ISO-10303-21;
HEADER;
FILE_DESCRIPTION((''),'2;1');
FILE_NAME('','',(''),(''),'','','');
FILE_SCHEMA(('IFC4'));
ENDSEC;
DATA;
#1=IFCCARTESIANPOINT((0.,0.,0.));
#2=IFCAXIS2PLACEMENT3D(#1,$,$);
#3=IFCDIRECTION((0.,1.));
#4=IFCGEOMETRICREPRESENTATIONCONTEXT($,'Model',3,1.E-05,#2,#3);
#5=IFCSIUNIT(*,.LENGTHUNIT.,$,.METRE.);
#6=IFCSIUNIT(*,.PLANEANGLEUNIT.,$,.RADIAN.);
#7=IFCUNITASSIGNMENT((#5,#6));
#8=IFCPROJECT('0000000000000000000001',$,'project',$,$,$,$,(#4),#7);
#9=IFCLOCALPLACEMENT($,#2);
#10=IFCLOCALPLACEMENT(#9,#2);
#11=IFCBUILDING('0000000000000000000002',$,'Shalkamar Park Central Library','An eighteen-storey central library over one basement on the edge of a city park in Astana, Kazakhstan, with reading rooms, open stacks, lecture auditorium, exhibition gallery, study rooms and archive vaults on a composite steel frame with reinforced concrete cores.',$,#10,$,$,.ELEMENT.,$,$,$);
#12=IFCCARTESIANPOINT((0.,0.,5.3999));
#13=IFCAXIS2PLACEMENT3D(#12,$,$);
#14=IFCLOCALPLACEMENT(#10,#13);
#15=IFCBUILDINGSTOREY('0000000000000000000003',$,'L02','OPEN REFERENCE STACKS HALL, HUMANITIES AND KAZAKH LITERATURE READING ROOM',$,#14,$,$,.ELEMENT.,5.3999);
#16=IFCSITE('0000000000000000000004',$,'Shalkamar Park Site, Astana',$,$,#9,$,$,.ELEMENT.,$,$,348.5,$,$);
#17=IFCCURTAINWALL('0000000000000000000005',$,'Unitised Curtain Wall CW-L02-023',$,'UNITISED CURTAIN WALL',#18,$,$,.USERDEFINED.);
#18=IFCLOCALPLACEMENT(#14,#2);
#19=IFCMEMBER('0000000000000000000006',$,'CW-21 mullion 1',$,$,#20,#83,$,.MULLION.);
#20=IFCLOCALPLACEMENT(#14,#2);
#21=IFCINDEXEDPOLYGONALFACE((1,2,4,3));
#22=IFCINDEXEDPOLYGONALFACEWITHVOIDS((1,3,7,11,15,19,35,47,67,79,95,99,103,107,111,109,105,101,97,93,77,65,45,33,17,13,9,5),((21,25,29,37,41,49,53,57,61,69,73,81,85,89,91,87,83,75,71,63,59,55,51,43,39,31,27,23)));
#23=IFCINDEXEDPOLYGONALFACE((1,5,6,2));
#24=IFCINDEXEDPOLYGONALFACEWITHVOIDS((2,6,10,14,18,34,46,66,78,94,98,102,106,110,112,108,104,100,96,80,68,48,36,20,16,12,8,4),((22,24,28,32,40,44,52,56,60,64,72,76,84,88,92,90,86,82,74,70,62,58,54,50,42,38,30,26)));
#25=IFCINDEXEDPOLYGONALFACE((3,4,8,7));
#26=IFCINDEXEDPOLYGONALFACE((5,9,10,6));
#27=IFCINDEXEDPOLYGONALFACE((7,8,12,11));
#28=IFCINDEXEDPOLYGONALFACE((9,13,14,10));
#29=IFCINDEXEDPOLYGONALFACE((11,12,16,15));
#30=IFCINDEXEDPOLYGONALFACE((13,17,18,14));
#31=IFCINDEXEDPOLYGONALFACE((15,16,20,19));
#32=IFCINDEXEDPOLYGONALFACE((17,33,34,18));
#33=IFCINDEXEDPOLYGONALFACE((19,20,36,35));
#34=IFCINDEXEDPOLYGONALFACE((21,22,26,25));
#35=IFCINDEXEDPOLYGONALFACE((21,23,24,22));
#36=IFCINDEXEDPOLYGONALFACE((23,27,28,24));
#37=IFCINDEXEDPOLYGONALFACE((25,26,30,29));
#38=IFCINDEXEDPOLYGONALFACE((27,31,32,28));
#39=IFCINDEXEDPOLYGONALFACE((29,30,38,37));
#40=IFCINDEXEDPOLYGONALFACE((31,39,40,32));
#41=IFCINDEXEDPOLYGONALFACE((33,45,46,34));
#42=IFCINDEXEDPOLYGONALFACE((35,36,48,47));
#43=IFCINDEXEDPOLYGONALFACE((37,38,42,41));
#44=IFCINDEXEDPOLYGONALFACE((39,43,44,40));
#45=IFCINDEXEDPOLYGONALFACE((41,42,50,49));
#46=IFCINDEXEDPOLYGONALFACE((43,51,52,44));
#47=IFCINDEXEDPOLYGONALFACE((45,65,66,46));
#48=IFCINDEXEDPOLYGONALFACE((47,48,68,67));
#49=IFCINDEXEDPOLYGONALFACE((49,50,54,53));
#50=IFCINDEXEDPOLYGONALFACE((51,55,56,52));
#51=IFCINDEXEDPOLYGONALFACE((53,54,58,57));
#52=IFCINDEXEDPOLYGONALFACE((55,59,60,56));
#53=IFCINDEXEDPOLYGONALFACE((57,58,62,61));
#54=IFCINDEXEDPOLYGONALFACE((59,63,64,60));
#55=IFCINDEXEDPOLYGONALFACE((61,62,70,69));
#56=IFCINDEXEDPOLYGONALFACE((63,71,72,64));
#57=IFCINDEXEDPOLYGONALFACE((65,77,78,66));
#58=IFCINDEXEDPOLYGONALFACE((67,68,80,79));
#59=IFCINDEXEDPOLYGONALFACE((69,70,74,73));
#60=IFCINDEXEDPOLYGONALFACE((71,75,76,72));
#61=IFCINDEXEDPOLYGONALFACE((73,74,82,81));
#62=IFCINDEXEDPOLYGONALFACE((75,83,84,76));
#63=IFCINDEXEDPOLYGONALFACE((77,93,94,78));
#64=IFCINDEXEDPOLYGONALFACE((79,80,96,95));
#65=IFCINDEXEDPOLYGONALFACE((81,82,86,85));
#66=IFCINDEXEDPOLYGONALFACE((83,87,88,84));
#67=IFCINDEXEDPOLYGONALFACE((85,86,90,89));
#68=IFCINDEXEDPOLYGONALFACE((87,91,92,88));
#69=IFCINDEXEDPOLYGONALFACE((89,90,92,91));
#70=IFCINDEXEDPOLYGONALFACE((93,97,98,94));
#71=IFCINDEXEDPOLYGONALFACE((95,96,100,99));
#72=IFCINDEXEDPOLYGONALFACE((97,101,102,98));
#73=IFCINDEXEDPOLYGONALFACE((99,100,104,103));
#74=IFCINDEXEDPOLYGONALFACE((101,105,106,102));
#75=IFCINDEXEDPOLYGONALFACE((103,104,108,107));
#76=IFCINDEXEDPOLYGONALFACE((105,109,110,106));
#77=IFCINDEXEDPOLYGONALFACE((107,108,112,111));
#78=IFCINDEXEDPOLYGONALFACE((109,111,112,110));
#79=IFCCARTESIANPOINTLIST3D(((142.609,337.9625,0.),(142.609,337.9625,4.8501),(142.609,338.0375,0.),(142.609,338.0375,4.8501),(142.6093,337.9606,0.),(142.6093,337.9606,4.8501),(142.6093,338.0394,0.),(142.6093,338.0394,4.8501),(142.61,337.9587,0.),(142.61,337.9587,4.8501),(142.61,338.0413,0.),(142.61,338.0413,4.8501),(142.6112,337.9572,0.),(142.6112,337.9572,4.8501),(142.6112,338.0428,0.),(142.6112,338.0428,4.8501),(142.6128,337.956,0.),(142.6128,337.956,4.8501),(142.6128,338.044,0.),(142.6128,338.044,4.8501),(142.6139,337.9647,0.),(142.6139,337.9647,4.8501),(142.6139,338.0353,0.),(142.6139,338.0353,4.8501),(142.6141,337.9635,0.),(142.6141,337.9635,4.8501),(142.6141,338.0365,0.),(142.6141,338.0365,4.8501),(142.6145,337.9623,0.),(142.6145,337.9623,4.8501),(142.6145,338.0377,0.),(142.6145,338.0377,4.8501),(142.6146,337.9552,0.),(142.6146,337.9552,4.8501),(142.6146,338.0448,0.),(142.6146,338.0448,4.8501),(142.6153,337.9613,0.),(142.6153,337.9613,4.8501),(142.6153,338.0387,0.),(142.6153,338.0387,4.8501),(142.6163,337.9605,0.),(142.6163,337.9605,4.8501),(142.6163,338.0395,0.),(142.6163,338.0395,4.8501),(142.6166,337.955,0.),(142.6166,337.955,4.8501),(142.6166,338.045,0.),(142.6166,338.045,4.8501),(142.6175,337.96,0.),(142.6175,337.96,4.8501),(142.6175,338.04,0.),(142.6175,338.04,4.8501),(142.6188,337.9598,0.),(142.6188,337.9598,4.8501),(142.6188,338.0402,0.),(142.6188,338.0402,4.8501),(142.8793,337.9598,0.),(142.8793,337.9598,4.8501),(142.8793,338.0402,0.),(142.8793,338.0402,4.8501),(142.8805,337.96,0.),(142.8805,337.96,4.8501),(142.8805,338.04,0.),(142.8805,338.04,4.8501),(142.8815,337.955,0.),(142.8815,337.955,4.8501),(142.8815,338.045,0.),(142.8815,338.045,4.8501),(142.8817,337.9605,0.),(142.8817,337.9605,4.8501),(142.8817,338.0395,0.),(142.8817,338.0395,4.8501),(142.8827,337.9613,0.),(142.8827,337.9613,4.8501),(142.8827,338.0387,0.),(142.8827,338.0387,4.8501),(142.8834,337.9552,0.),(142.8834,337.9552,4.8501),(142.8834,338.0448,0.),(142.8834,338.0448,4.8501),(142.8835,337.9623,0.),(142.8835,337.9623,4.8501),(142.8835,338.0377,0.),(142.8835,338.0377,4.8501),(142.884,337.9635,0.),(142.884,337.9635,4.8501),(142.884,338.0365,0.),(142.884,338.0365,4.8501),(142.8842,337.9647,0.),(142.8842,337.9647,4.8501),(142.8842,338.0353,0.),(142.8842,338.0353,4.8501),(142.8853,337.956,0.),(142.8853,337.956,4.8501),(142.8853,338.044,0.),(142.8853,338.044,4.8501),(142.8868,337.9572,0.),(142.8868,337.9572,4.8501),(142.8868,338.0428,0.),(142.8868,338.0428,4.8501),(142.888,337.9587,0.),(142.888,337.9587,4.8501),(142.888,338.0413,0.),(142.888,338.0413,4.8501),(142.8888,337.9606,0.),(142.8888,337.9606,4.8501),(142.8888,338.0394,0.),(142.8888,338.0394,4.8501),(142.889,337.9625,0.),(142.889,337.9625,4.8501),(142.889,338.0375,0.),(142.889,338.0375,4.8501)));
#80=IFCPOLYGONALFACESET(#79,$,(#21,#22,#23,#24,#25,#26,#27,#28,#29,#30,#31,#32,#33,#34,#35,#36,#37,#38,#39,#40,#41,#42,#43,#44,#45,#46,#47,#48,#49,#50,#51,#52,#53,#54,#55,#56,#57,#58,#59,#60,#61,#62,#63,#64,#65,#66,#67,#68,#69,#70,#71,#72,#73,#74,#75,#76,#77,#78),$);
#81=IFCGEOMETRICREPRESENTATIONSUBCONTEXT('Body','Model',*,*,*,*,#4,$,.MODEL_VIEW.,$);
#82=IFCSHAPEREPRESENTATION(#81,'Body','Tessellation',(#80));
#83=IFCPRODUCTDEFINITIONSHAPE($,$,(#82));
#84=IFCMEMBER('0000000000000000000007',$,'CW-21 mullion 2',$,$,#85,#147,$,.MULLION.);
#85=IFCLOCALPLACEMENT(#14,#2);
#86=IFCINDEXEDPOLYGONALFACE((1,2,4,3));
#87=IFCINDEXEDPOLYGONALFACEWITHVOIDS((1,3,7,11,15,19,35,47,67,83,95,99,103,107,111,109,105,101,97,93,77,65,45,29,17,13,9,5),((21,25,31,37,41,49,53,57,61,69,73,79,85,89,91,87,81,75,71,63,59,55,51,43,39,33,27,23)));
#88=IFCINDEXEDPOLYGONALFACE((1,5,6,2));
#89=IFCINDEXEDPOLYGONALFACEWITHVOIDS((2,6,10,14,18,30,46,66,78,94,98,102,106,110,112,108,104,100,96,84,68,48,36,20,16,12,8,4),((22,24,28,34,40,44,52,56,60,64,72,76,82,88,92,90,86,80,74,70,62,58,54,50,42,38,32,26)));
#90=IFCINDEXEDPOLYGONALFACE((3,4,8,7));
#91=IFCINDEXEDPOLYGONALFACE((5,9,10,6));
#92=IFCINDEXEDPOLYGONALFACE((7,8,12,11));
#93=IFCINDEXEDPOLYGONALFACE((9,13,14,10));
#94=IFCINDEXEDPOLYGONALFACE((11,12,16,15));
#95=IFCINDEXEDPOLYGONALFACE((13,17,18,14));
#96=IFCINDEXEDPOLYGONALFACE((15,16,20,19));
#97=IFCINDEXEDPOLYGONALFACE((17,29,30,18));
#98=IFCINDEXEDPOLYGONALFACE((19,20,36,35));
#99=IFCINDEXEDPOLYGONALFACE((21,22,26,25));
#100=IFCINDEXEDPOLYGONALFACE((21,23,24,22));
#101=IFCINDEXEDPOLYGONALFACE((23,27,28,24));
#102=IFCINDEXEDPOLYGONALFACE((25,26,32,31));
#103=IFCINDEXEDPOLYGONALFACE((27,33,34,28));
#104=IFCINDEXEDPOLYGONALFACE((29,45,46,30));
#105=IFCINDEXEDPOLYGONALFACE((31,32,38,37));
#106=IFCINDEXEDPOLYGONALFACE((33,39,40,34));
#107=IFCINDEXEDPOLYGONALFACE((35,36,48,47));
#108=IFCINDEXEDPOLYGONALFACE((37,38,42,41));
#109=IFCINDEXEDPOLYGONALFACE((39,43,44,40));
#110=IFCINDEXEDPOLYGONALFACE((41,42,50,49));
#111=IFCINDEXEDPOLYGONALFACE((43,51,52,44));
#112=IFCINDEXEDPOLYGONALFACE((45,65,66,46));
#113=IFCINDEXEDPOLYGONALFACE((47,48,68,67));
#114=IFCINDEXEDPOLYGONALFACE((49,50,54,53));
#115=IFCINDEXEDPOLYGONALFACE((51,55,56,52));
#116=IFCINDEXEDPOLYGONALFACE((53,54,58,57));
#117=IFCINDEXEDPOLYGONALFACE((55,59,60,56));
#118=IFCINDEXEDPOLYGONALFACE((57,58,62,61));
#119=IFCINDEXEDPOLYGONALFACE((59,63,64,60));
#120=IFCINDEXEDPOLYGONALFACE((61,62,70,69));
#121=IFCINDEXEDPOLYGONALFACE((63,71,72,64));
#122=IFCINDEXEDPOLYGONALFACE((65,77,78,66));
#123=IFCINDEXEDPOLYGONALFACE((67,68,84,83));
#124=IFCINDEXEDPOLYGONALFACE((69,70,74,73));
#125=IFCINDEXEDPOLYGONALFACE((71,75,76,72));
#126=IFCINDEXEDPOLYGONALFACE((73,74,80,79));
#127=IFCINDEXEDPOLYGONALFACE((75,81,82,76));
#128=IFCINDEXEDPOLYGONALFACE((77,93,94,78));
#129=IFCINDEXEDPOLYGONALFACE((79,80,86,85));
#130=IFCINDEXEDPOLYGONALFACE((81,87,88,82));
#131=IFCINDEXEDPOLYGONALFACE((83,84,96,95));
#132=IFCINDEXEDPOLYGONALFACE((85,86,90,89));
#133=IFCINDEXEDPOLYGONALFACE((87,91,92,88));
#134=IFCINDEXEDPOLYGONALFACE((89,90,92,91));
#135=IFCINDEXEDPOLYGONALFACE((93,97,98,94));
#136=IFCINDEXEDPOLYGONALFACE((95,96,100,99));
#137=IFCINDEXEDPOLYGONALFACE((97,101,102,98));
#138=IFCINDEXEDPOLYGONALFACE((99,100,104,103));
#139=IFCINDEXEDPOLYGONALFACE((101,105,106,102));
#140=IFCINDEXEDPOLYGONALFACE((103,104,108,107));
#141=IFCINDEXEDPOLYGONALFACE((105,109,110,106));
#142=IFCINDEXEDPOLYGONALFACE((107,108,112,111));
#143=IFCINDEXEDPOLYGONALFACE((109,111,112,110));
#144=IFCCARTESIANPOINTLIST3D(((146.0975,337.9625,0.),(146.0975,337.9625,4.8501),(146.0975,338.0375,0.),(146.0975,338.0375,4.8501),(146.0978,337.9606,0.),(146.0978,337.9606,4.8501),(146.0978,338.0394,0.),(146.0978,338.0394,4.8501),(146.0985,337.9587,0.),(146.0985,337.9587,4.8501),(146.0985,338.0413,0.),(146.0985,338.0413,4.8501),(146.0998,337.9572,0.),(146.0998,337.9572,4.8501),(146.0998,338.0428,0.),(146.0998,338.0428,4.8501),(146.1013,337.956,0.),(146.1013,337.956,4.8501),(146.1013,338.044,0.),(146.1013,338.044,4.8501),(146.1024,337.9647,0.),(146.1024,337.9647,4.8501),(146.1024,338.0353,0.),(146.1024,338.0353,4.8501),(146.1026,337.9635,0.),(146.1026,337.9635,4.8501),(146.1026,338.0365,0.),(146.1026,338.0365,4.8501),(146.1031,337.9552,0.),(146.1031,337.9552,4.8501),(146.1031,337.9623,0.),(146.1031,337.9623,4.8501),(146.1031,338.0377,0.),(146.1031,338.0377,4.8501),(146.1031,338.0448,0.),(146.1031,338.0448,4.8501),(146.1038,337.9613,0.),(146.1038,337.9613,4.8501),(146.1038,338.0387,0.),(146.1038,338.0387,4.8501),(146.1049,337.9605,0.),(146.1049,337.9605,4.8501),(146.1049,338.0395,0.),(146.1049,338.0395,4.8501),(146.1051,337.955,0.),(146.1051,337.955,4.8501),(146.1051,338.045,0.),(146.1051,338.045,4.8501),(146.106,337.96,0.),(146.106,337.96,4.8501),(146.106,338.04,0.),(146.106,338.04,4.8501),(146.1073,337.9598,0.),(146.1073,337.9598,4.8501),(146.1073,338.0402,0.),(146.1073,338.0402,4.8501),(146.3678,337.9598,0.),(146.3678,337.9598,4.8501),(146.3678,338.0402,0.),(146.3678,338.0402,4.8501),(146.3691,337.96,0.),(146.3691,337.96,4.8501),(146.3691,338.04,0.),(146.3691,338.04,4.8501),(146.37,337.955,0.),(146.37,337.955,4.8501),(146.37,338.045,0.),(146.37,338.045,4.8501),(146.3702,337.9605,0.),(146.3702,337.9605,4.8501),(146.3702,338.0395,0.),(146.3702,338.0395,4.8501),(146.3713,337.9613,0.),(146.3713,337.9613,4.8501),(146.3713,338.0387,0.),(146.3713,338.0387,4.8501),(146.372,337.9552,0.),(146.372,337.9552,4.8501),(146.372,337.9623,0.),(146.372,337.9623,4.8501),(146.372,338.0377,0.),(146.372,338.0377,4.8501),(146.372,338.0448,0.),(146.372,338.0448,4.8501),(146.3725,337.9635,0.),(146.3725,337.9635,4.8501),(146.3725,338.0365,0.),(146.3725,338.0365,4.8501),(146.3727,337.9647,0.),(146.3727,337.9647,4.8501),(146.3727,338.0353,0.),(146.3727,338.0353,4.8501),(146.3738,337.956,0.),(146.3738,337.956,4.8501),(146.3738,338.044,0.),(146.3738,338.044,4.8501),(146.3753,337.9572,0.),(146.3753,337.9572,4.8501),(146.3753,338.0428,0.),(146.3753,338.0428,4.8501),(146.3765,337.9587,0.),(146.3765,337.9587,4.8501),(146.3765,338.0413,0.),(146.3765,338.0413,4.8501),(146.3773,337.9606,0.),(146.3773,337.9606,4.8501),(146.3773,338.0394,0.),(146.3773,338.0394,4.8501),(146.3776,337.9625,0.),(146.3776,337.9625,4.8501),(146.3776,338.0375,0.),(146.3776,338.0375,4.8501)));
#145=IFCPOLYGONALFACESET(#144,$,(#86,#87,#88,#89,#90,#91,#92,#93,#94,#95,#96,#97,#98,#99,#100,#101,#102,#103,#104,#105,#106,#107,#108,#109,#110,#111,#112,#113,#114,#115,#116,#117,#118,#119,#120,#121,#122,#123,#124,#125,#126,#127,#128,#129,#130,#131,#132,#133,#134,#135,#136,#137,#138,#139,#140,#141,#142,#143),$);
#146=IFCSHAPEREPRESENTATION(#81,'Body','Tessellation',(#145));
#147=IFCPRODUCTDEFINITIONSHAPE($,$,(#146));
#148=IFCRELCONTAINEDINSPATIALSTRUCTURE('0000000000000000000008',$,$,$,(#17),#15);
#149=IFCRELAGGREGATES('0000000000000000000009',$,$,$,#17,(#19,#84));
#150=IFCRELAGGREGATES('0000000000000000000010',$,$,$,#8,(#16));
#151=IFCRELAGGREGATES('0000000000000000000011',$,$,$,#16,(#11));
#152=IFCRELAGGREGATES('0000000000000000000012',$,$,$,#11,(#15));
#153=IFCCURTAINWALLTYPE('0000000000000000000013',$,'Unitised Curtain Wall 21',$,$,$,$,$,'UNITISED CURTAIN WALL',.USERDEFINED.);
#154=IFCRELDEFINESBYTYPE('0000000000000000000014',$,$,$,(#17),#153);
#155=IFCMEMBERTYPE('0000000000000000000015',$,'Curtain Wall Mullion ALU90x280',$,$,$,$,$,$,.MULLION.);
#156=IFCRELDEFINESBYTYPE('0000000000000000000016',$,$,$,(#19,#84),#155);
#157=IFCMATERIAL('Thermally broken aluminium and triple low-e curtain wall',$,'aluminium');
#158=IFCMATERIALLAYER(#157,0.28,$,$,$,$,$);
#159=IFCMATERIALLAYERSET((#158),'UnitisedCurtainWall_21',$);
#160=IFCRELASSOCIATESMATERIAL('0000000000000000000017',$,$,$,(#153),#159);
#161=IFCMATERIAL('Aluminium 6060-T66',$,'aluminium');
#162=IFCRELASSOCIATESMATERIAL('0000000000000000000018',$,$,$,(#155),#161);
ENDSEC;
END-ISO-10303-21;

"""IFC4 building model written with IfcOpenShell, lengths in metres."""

from ifc_helpers import new_model, si_unit, direction, frame, origin, origin_2d, place, context, subcontext, project, spatial, hollow_rectangle, extrude, material, layer, layer_set, material_profile, profile_set, type_object, element, aggregate, save


model = new_model("IFC4")

# Units and contexts
model_context = context("Model", 3, precision=1e-05, world=origin(), true_north=direction((0.0, 1.0)))
body_context = subcontext(model_context, "Body", "Model", "MODEL_VIEW")
ifc_project = project(units=[si_unit("LENGTHUNIT", "METRE"), si_unit("PLANEANGLEUNIT", "RADIAN")], contexts=[model_context])

# Site, building, storey
site_placement = place(None, origin())
site = spatial("IfcSite", under=ifc_project, at=site_placement, Name="Shalkamar Park Site, Astana", CompositionType="ELEMENT", RefElevation=348.5)
building_placement = place(site_placement, origin())
building = spatial("IfcBuilding", under=site, at=building_placement, Name="Shalkamar Park Central Library", Description="An eighteen-storey central library over one basement on the edge of a city park in Astana, Kazakhstan, with reading rooms, open stacks, lecture auditorium, exhibition gallery, study rooms and archive vaults on a composite steel frame with reinforced concrete cores.", CompositionType="ELEMENT")
storey_placement = place(building_placement, frame((0.0, 0.0, 5.3999)))
storey = spatial("IfcBuildingStorey", under=building, at=storey_placement, Name="L02", Description="OPEN REFERENCE STACKS HALL, HUMANITIES AND KAZAKH LITERATURE READING ROOM", CompositionType="ELEMENT", Elevation=5.3999)

# Curtain wall, members
ifc_material_1 = material(Name="Thermally broken aluminium and triple low-e curtain wall", Category="aluminium")
ifc_material_2 = material(Name="Aluminium 6060-T66", Category="aluminium")
ifc_layer_1 = layer(ifc_material_1, 0.28)
ifc_layer_set_1 = layer_set([ifc_layer_1], Name="UnitisedCurtainWall_21")
curtain_wall_type_1 = type_object("IfcCurtainWallType", Name="Unitised Curtain Wall 21", ElementType="UNITISED CURTAIN WALL", PredefinedType="USERDEFINED", material=ifc_layer_set_1)
curtain_wall_1_placement = place(storey_placement, origin())
curtain_wall_1 = element("IfcCurtainWall", 1, at=curtain_wall_1_placement, inside=storey, type_object=curtain_wall_type_1, Name="Unitised Curtain Wall CW-L02-023", ObjectType="UNITISED CURTAIN WALL", PredefinedType="USERDEFINED")
ifc_material_profile_1 = material_profile(ifc_material_2, hollow_rectangle(XDim=0.0901, YDim=0.28, WallThickness=0.0049, InnerFilletRadius=0.0049, OuterFilletRadius=0.0076, at=origin_2d()), Name="ALU 90x280x5")
ifc_profile_set_1 = profile_set([ifc_material_profile_1], Name="Aluminium 6060-T66")
member_type_1 = type_object("IfcMemberType", Name="Curtain Wall Mullion ALU90x280", PredefinedType="MULLION", material=ifc_profile_set_1)
member_1_placement = place(storey_placement, frame((142.749, 338.0, 0.0), z_axis=(0.0, 0.0, 1.0), x_axis=(0.0, 1.0, 0.0)))
member_1 = element("IfcMember", 2, at=member_1_placement, type_object=member_type_1, Name="CW-21 mullion 1", PredefinedType="MULLION", context=body_context, shape_type="SweptSolid", body=[
    extrude(hollow_rectangle(XDim=0.0901, YDim=0.28, WallThickness=0.0049, InnerFilletRadius=0.0049, OuterFilletRadius=0.0076, at=origin_2d()), origin(), (0.0, 0.0, 1.0), 4.8501),
])
member_2_placement = place(storey_placement, frame((146.2375, 338.0, 0.0), z_axis=(0.0, 0.0, 1.0), x_axis=(0.0, 1.0, 0.0)))
member_2 = element("IfcMember", 3, at=member_2_placement, type_object=member_type_1, Name="CW-21 mullion 2", PredefinedType="MULLION", context=body_context, shape_type="SweptSolid", body=[
    extrude(hollow_rectangle(XDim=0.0901, YDim=0.28, WallThickness=0.0049, InnerFilletRadius=0.0049, OuterFilletRadius=0.0076, at=origin_2d()), origin(), (0.0, 0.0, 1.0), 4.8501),
])

aggregate(curtain_wall_1, [member_1, member_2])

save(model, "model.ifc")
